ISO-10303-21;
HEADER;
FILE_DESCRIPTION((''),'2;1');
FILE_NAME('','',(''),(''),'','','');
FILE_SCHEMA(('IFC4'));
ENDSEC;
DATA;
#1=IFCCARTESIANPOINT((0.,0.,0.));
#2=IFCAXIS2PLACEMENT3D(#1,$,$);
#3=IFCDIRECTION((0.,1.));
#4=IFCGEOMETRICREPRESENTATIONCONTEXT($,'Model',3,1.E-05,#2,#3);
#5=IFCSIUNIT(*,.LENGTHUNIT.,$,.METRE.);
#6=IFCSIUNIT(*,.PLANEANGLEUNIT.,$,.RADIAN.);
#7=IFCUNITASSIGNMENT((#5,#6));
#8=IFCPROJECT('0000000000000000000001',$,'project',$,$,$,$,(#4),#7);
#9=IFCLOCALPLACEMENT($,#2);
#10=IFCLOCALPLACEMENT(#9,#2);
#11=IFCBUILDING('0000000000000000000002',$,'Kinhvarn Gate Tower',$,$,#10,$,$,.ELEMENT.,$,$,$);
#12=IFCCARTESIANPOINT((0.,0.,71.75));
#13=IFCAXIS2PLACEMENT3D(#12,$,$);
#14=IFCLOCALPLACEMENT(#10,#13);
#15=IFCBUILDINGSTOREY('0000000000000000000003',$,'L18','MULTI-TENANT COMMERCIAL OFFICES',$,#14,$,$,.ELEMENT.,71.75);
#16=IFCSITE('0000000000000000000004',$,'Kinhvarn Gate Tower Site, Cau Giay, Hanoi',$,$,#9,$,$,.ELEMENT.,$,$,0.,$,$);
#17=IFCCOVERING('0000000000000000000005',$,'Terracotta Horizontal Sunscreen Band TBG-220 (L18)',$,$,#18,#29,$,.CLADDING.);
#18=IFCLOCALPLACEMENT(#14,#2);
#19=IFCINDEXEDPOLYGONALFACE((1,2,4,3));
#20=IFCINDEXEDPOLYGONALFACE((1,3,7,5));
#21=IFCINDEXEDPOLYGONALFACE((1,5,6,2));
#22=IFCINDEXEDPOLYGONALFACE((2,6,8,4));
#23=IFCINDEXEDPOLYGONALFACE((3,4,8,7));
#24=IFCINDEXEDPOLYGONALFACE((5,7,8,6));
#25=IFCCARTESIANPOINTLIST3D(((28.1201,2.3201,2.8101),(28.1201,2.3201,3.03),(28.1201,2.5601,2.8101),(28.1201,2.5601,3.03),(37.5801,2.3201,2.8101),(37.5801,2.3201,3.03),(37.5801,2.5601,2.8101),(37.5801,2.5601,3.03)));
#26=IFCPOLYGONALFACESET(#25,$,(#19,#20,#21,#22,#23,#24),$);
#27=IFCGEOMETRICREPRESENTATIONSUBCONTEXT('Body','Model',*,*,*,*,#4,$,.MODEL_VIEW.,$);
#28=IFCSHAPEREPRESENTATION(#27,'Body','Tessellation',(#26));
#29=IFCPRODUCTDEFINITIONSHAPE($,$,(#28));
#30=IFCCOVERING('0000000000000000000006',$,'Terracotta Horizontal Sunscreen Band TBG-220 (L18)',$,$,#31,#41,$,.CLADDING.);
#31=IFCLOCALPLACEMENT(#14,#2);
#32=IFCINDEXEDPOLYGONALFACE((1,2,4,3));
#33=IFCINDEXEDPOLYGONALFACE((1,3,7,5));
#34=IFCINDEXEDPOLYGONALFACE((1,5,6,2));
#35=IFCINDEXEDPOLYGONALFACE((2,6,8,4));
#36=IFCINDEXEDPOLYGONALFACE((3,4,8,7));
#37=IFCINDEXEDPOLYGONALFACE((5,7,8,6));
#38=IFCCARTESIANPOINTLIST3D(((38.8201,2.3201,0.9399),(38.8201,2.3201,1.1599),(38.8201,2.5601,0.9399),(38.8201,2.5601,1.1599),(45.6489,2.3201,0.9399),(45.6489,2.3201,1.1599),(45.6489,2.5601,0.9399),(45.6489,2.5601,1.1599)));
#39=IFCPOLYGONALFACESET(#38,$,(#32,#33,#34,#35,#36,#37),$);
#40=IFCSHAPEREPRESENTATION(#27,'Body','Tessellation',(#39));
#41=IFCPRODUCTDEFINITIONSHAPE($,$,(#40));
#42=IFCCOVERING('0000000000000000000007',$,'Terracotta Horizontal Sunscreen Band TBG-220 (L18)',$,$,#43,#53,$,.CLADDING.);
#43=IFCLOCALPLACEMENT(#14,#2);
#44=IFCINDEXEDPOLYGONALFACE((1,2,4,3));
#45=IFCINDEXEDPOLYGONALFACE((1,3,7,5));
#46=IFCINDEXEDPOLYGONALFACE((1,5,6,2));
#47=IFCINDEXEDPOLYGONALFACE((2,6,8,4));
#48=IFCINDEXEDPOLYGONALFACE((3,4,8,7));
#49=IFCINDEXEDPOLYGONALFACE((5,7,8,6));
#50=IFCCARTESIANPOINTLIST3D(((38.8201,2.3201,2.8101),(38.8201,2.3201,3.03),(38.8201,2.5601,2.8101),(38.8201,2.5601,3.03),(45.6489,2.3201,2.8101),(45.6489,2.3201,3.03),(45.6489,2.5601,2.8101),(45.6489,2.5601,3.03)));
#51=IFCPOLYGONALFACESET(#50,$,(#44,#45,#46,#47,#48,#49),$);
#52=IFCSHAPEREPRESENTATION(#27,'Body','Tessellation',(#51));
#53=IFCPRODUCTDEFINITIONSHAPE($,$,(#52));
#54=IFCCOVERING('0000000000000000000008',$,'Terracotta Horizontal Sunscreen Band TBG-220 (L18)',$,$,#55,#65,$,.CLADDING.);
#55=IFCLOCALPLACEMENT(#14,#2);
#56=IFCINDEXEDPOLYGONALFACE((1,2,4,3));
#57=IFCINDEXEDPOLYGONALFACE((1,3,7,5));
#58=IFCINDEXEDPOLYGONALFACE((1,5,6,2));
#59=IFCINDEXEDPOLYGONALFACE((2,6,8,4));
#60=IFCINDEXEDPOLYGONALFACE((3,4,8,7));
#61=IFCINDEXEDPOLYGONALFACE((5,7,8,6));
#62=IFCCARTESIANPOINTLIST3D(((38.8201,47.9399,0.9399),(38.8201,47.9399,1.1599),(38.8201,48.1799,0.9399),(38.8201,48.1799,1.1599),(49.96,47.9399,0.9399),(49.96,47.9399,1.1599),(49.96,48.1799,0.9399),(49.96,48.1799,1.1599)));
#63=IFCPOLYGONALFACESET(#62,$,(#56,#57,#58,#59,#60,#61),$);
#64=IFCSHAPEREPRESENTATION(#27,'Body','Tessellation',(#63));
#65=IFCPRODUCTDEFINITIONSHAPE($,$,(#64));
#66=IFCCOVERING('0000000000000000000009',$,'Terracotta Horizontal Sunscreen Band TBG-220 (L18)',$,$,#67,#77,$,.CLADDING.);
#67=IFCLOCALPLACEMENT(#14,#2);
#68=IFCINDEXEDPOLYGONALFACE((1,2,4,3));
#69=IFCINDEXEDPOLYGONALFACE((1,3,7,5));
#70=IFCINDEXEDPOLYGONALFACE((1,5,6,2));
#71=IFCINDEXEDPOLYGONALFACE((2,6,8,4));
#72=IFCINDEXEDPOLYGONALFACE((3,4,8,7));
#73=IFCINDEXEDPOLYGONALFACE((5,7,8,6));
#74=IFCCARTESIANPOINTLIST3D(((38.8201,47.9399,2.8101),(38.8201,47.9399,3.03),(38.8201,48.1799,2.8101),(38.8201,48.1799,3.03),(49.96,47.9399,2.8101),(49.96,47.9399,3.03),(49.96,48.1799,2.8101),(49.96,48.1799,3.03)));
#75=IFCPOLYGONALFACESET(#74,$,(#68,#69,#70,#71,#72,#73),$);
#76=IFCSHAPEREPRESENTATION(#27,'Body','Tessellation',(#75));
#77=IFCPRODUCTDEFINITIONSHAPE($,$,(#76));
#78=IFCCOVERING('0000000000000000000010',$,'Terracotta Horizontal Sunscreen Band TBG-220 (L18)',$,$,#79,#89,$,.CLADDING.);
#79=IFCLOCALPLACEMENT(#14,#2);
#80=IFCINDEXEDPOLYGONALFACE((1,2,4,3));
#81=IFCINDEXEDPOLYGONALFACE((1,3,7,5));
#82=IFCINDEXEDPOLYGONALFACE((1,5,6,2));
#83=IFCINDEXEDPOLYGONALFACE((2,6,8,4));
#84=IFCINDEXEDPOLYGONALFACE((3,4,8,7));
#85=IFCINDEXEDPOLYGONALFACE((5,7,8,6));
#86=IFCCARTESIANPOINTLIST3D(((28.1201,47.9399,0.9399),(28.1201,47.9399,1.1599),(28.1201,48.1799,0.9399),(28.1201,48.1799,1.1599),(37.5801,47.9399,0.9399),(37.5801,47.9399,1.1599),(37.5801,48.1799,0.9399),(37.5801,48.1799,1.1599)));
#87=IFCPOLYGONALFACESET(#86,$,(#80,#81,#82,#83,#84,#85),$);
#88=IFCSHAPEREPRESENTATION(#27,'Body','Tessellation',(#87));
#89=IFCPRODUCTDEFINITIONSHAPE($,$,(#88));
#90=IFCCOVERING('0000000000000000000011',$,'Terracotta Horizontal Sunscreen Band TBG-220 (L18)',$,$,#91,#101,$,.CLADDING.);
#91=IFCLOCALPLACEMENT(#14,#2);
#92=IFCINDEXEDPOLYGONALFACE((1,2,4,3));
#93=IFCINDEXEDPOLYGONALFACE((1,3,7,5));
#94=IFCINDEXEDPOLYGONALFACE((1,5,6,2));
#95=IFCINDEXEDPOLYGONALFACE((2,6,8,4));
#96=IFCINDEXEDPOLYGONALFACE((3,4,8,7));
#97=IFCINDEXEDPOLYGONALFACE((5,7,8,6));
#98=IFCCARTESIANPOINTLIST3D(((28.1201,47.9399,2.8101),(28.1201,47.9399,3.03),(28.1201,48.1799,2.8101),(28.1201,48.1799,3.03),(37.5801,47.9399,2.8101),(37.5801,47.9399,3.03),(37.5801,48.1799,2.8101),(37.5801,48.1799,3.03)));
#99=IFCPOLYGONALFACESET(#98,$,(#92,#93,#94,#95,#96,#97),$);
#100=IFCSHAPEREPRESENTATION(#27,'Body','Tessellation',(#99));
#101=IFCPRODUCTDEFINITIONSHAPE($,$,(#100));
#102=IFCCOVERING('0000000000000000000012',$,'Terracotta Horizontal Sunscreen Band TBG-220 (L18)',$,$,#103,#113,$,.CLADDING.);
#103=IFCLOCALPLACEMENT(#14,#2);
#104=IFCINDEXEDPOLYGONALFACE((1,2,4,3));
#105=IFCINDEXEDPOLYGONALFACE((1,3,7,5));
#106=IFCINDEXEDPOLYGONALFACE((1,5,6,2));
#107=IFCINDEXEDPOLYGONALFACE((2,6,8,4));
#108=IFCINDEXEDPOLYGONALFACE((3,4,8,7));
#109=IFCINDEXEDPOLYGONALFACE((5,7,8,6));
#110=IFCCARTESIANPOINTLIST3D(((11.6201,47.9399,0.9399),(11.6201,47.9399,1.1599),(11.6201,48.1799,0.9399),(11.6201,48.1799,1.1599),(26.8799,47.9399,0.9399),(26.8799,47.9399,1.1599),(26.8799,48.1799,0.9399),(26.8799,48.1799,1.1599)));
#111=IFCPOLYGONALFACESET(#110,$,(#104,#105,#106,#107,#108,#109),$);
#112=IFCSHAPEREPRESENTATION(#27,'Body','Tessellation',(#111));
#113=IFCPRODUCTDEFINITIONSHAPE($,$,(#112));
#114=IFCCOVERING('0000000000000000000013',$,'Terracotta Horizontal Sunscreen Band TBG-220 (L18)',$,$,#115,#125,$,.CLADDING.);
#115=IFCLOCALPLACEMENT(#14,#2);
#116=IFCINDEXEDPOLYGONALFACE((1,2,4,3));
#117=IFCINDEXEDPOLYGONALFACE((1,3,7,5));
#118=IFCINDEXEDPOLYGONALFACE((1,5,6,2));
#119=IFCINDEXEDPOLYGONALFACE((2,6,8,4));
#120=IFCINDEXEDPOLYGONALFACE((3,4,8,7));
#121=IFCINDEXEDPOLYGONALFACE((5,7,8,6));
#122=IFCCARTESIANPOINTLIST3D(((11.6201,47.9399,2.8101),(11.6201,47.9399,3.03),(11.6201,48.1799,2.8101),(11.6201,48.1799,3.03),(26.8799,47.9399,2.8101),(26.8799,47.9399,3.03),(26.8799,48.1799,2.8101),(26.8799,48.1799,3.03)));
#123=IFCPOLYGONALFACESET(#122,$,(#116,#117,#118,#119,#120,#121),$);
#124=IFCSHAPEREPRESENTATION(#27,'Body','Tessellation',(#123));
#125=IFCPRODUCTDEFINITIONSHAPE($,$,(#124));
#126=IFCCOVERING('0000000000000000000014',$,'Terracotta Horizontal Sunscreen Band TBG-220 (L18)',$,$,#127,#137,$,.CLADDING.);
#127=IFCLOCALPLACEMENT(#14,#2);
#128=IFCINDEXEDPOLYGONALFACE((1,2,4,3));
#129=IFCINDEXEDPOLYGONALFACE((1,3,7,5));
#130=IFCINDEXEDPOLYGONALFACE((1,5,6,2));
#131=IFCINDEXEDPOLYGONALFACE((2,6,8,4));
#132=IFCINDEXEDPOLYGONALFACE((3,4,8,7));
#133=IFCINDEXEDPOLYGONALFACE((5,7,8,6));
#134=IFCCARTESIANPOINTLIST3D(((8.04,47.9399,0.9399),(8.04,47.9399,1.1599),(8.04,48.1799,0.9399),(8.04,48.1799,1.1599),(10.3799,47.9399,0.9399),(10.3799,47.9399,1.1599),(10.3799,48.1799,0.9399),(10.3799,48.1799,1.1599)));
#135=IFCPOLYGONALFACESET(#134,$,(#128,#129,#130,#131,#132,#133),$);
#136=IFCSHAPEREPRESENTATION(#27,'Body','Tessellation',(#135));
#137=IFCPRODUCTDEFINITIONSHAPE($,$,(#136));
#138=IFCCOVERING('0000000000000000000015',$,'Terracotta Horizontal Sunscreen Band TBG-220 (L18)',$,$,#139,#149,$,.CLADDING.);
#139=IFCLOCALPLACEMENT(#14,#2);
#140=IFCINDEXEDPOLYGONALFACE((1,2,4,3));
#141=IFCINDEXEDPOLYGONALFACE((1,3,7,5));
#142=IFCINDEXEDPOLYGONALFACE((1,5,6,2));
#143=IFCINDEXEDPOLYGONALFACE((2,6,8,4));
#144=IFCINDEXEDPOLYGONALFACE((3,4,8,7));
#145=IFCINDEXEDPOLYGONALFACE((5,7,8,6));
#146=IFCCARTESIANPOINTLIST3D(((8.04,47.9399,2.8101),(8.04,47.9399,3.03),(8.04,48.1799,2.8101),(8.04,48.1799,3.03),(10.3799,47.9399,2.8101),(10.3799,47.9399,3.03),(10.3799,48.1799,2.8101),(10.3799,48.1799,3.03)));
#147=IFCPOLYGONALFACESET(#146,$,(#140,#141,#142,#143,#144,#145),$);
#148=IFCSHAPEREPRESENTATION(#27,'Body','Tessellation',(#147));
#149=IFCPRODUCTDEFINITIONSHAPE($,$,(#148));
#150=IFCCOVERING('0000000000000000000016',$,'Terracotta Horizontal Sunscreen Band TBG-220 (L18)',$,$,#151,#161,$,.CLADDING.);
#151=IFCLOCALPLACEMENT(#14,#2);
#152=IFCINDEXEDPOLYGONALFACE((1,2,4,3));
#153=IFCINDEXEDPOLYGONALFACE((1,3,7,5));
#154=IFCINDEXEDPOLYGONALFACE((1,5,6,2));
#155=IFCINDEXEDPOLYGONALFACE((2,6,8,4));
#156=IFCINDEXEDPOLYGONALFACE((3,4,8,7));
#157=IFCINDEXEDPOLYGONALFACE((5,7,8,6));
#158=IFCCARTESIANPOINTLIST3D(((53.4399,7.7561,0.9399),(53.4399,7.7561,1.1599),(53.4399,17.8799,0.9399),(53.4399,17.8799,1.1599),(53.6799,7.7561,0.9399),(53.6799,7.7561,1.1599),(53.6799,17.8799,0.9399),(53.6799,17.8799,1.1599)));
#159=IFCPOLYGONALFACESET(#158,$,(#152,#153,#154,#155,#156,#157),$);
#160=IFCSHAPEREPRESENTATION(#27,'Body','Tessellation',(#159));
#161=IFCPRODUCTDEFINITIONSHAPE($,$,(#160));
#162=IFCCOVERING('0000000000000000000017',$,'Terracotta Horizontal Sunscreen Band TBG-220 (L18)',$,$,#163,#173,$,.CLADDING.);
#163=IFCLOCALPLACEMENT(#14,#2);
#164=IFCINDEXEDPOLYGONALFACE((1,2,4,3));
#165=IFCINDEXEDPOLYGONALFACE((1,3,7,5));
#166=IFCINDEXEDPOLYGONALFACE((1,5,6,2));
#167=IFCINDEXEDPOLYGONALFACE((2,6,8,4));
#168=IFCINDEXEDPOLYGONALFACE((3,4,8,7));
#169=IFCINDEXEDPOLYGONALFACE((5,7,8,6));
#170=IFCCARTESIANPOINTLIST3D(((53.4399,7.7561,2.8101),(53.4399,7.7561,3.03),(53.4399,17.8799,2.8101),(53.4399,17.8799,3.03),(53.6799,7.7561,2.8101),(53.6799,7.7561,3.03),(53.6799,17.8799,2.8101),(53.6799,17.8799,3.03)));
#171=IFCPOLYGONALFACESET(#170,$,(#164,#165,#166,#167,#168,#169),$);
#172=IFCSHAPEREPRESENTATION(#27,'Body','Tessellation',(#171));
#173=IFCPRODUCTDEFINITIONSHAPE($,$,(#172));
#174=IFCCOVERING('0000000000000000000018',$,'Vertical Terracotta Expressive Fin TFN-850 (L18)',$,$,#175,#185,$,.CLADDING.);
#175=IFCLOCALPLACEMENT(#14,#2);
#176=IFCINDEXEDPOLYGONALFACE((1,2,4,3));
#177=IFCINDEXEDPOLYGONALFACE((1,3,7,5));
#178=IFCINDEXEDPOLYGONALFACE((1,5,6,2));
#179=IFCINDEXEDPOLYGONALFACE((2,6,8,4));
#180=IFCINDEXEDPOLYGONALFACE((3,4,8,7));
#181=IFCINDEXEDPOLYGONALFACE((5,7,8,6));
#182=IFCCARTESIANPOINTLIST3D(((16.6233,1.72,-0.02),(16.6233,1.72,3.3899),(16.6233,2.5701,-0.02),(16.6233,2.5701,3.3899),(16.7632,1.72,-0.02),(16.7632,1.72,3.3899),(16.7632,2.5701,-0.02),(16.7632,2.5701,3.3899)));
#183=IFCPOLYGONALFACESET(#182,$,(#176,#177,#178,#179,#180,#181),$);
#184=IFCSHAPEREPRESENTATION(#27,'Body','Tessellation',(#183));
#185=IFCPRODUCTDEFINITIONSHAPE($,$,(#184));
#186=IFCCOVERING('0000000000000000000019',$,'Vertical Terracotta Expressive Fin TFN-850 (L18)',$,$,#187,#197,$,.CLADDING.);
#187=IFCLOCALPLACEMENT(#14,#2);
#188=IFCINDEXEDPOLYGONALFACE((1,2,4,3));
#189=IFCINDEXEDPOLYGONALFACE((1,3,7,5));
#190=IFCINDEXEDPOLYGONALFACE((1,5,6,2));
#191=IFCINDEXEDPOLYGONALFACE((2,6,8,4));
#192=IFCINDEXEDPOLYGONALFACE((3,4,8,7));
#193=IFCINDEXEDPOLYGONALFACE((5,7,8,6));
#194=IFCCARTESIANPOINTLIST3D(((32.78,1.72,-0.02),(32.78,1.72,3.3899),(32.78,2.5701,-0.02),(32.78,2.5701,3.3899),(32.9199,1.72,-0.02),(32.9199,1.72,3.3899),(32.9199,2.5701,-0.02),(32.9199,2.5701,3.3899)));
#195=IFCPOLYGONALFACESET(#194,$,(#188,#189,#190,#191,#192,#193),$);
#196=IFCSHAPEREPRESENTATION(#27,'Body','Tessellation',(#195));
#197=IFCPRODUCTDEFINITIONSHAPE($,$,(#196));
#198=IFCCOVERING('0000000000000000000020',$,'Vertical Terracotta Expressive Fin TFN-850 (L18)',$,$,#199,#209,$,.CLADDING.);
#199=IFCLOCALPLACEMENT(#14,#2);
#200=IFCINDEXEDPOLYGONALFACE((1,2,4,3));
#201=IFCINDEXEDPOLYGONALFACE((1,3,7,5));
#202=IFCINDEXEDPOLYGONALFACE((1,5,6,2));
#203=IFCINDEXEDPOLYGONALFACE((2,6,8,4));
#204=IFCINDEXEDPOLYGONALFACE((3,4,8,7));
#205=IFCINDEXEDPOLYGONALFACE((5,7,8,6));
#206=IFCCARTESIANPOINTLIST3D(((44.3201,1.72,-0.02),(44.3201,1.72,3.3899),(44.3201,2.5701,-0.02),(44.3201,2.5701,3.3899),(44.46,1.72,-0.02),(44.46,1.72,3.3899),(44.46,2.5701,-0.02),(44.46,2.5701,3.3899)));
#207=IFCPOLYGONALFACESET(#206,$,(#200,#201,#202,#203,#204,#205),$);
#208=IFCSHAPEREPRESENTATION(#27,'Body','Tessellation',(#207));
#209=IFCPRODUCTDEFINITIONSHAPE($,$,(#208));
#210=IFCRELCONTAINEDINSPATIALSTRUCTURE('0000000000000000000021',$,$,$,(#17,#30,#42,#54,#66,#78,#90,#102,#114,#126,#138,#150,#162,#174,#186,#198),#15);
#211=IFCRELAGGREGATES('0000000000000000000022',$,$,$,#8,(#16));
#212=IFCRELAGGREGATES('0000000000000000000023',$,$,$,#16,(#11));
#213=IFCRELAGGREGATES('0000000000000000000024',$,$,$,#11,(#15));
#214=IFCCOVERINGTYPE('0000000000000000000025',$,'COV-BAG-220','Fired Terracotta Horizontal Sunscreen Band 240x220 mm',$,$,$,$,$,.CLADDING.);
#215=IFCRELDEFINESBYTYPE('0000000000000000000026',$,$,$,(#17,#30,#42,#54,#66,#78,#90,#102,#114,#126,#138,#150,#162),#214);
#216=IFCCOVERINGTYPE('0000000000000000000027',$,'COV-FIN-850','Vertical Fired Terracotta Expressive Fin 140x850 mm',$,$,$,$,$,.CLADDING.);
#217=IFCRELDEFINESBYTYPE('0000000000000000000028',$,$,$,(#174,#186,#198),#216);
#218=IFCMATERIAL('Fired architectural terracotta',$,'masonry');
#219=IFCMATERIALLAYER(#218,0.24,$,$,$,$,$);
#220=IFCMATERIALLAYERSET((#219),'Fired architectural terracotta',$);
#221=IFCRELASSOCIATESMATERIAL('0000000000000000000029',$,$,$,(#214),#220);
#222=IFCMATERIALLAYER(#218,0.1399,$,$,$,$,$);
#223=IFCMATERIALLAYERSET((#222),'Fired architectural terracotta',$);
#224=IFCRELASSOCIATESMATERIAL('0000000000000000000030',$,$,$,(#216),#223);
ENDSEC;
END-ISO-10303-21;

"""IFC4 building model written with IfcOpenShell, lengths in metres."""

from ifc_helpers import new_model, si_unit, direction, frame, origin, place, context, subcontext, project, spatial, polyline, outline, extrude, material, layer, layer_set, type_object, element, save


model = new_model("IFC4")

# Units and contexts
model_context = context("Model", 3, precision=1e-05, world=origin(), true_north=direction((0.0, 1.0)))
body_context = subcontext(model_context, "Body", "Model", "MODEL_VIEW")
ifc_project = project(units=[si_unit("LENGTHUNIT", "METRE"), si_unit("PLANEANGLEUNIT", "RADIAN")], contexts=[model_context])

# Site, building, storey
site_placement = place(None, origin())
site = spatial("IfcSite", under=ifc_project, at=site_placement, Name="Kinhvarn Gate Tower Site, Cau Giay, Hanoi", CompositionType="ELEMENT", RefElevation=0.0)
building_placement = place(site_placement, origin())
building = spatial("IfcBuilding", under=site, at=building_placement, Name="Kinhvarn Gate Tower", CompositionType="ELEMENT")
storey_placement = place(building_placement, frame((0.0, 0.0, 71.75)))
storey = spatial("IfcBuildingStorey", under=building, at=storey_placement, Name="L18", Description="MULTI-TENANT COMMERCIAL OFFICES", CompositionType="ELEMENT", Elevation=71.75)

# Coverings
ifc_material_1 = material(Name="Fired architectural terracotta", Category="masonry")
ifc_layer_1 = layer(ifc_material_1, 0.24)
ifc_layer_set_1 = layer_set([ifc_layer_1], Name="Fired architectural terracotta")
covering_type_1 = type_object("IfcCoveringType", Name="COV-BAG-220", Description="Fired Terracotta Horizontal Sunscreen Band 240x220 mm", PredefinedType="CLADDING", material=ifc_layer_set_1)
for number, where, name in (
    (1, (0.0, 0.0, 2.8101), "Terracotta Horizontal Sunscreen Band TBG-220 (L18)"),
):
    element("IfcCovering", number, at=place(storey_placement, frame(where)), inside=storey, type_object=covering_type_1, Name=name, PredefinedType="CLADDING", context=body_context, shape_type="SweptSolid", body=[
        extrude(outline(polyline([(28.1201, 2.5601), (37.5801, 2.5601), (37.5801, 2.3201), (28.1201, 2.3201), (28.1201, 2.5601)])), origin(), (0.0, 0.0, 1.0), 0.22),
    ])
for number, where, name in (
    (2, (0.0, 0.0, 0.9399), "Terracotta Horizontal Sunscreen Band TBG-220 (L18)"),
    (3, (0.0, 0.0, 2.8101), "Terracotta Horizontal Sunscreen Band TBG-220 (L18)"),
):
    element("IfcCovering", number, at=place(storey_placement, frame(where)), inside=storey, type_object=covering_type_1, Name=name, PredefinedType="CLADDING", context=body_context, shape_type="SweptSolid", body=[
        extrude(outline(polyline([(38.8201, 2.5601), (45.6489, 2.5601), (45.6489, 2.3201), (38.8201, 2.3201), (38.8201, 2.5601)])), origin(), (0.0, 0.0, 1.0), 0.22),
    ])
for number, where, name in (
    (4, (0.0, 0.0, 0.9399), "Terracotta Horizontal Sunscreen Band TBG-220 (L18)"),
    (5, (0.0, 0.0, 2.8101), "Terracotta Horizontal Sunscreen Band TBG-220 (L18)"),
):
    element("IfcCovering", number, at=place(storey_placement, frame(where)), inside=storey, type_object=covering_type_1, Name=name, PredefinedType="CLADDING", context=body_context, shape_type="SweptSolid", body=[
        extrude(outline(polyline([(49.96, 47.9399), (38.8201, 47.9399), (38.8201, 48.1799), (49.96, 48.1799), (49.96, 47.9399)])), origin(), (0.0, 0.0, 1.0), 0.22),
    ])
for number, where, name in (
    (6, (0.0, 0.0, 0.9399), "Terracotta Horizontal Sunscreen Band TBG-220 (L18)"),
    (7, (0.0, 0.0, 2.8101), "Terracotta Horizontal Sunscreen Band TBG-220 (L18)"),
):
    element("IfcCovering", number, at=place(storey_placement, frame(where)), inside=storey, type_object=covering_type_1, Name=name, PredefinedType="CLADDING", context=body_context, shape_type="SweptSolid", body=[
        extrude(outline(polyline([(37.5801, 47.9399), (28.1201, 47.9399), (28.1201, 48.1799), (37.5801, 48.1799), (37.5801, 47.9399)])), origin(), (0.0, 0.0, 1.0), 0.22),
    ])
for number, where, name in (
    (8, (0.0, 0.0, 0.9399), "Terracotta Horizontal Sunscreen Band TBG-220 (L18)"),
    (9, (0.0, 0.0, 2.8101), "Terracotta Horizontal Sunscreen Band TBG-220 (L18)"),
):
    element("IfcCovering", number, at=place(storey_placement, frame(where)), inside=storey, type_object=covering_type_1, Name=name, PredefinedType="CLADDING", context=body_context, shape_type="SweptSolid", body=[
        extrude(outline(polyline([(26.8799, 47.9399), (11.6201, 47.9399), (11.6201, 48.1799), (26.8799, 48.1799), (26.8799, 47.9399)])), origin(), (0.0, 0.0, 1.0), 0.22),
    ])
for number, where, name in (
    (10, (0.0, 0.0, 0.9399), "Terracotta Horizontal Sunscreen Band TBG-220 (L18)"),
    (11, (0.0, 0.0, 2.8101), "Terracotta Horizontal Sunscreen Band TBG-220 (L18)"),
):
    element("IfcCovering", number, at=place(storey_placement, frame(where)), inside=storey, type_object=covering_type_1, Name=name, PredefinedType="CLADDING", context=body_context, shape_type="SweptSolid", body=[
        extrude(outline(polyline([(10.3799, 47.9399), (8.04, 47.9399), (8.04, 48.1799), (10.3799, 48.1799), (10.3799, 47.9399)])), origin(), (0.0, 0.0, 1.0), 0.22),
    ])
for number, where, name in (
    (12, (0.0, 0.0, 0.9399), "Terracotta Horizontal Sunscreen Band TBG-220 (L18)"),
    (13, (0.0, 0.0, 2.8101), "Terracotta Horizontal Sunscreen Band TBG-220 (L18)"),
):
    element("IfcCovering", number, at=place(storey_placement, frame(where)), inside=storey, type_object=covering_type_1, Name=name, PredefinedType="CLADDING", context=body_context, shape_type="SweptSolid", body=[
        extrude(outline(polyline([(53.4399, 7.7561), (53.4399, 17.8799), (53.6799, 17.8799), (53.6799, 7.7561), (53.4399, 7.7561)])), origin(), (0.0, 0.0, 1.0), 0.22),
    ])
ifc_layer_2 = layer(ifc_material_1, 0.1399)
ifc_layer_set_2 = layer_set([ifc_layer_2], Name="Fired architectural terracotta")
covering_type_2 = type_object("IfcCoveringType", Name="COV-FIN-850", Description="Vertical Fired Terracotta Expressive Fin 140x850 mm", PredefinedType="CLADDING", material=ifc_layer_set_2)
covering_1_placement = place(storey_placement, frame((0.0, 0.0, -0.02)))
element("IfcCovering", 14, at=covering_1_placement, inside=storey, type_object=covering_type_2, Name="Vertical Terracotta Expressive Fin TFN-850 (L18)", PredefinedType="CLADDING", context=body_context, shape_type="SweptSolid", body=[
    extrude(outline(polyline([(16.6233, 2.5701), (16.7632, 2.5701), (16.7632, 1.72), (16.6233, 1.72), (16.6233, 2.5701)])), origin(), (0.0, 0.0, 1.0), 3.4099),
])
covering_2_placement = place(storey_placement, frame((0.0, 0.0, -0.02)))
element("IfcCovering", 15, at=covering_2_placement, inside=storey, type_object=covering_type_2, Name="Vertical Terracotta Expressive Fin TFN-850 (L18)", PredefinedType="CLADDING", context=body_context, shape_type="SweptSolid", body=[
    extrude(outline(polyline([(32.78, 2.5701), (32.9199, 2.5701), (32.9199, 1.72), (32.78, 1.72), (32.78, 2.5701)])), origin(), (0.0, 0.0, 1.0), 3.4099),
])
covering_3_placement = place(storey_placement, frame((0.0, 0.0, -0.02)))
element("IfcCovering", 16, at=covering_3_placement, inside=storey, type_object=covering_type_2, Name="Vertical Terracotta Expressive Fin TFN-850 (L18)", PredefinedType="CLADDING", context=body_context, shape_type="SweptSolid", body=[
    extrude(outline(polyline([(44.3201, 2.5701), (44.46, 2.5701), (44.46, 1.72), (44.3201, 1.72), (44.3201, 2.5701)])), origin(), (0.0, 0.0, 1.0), 3.4099),
])

save(model, "model.ifc")
